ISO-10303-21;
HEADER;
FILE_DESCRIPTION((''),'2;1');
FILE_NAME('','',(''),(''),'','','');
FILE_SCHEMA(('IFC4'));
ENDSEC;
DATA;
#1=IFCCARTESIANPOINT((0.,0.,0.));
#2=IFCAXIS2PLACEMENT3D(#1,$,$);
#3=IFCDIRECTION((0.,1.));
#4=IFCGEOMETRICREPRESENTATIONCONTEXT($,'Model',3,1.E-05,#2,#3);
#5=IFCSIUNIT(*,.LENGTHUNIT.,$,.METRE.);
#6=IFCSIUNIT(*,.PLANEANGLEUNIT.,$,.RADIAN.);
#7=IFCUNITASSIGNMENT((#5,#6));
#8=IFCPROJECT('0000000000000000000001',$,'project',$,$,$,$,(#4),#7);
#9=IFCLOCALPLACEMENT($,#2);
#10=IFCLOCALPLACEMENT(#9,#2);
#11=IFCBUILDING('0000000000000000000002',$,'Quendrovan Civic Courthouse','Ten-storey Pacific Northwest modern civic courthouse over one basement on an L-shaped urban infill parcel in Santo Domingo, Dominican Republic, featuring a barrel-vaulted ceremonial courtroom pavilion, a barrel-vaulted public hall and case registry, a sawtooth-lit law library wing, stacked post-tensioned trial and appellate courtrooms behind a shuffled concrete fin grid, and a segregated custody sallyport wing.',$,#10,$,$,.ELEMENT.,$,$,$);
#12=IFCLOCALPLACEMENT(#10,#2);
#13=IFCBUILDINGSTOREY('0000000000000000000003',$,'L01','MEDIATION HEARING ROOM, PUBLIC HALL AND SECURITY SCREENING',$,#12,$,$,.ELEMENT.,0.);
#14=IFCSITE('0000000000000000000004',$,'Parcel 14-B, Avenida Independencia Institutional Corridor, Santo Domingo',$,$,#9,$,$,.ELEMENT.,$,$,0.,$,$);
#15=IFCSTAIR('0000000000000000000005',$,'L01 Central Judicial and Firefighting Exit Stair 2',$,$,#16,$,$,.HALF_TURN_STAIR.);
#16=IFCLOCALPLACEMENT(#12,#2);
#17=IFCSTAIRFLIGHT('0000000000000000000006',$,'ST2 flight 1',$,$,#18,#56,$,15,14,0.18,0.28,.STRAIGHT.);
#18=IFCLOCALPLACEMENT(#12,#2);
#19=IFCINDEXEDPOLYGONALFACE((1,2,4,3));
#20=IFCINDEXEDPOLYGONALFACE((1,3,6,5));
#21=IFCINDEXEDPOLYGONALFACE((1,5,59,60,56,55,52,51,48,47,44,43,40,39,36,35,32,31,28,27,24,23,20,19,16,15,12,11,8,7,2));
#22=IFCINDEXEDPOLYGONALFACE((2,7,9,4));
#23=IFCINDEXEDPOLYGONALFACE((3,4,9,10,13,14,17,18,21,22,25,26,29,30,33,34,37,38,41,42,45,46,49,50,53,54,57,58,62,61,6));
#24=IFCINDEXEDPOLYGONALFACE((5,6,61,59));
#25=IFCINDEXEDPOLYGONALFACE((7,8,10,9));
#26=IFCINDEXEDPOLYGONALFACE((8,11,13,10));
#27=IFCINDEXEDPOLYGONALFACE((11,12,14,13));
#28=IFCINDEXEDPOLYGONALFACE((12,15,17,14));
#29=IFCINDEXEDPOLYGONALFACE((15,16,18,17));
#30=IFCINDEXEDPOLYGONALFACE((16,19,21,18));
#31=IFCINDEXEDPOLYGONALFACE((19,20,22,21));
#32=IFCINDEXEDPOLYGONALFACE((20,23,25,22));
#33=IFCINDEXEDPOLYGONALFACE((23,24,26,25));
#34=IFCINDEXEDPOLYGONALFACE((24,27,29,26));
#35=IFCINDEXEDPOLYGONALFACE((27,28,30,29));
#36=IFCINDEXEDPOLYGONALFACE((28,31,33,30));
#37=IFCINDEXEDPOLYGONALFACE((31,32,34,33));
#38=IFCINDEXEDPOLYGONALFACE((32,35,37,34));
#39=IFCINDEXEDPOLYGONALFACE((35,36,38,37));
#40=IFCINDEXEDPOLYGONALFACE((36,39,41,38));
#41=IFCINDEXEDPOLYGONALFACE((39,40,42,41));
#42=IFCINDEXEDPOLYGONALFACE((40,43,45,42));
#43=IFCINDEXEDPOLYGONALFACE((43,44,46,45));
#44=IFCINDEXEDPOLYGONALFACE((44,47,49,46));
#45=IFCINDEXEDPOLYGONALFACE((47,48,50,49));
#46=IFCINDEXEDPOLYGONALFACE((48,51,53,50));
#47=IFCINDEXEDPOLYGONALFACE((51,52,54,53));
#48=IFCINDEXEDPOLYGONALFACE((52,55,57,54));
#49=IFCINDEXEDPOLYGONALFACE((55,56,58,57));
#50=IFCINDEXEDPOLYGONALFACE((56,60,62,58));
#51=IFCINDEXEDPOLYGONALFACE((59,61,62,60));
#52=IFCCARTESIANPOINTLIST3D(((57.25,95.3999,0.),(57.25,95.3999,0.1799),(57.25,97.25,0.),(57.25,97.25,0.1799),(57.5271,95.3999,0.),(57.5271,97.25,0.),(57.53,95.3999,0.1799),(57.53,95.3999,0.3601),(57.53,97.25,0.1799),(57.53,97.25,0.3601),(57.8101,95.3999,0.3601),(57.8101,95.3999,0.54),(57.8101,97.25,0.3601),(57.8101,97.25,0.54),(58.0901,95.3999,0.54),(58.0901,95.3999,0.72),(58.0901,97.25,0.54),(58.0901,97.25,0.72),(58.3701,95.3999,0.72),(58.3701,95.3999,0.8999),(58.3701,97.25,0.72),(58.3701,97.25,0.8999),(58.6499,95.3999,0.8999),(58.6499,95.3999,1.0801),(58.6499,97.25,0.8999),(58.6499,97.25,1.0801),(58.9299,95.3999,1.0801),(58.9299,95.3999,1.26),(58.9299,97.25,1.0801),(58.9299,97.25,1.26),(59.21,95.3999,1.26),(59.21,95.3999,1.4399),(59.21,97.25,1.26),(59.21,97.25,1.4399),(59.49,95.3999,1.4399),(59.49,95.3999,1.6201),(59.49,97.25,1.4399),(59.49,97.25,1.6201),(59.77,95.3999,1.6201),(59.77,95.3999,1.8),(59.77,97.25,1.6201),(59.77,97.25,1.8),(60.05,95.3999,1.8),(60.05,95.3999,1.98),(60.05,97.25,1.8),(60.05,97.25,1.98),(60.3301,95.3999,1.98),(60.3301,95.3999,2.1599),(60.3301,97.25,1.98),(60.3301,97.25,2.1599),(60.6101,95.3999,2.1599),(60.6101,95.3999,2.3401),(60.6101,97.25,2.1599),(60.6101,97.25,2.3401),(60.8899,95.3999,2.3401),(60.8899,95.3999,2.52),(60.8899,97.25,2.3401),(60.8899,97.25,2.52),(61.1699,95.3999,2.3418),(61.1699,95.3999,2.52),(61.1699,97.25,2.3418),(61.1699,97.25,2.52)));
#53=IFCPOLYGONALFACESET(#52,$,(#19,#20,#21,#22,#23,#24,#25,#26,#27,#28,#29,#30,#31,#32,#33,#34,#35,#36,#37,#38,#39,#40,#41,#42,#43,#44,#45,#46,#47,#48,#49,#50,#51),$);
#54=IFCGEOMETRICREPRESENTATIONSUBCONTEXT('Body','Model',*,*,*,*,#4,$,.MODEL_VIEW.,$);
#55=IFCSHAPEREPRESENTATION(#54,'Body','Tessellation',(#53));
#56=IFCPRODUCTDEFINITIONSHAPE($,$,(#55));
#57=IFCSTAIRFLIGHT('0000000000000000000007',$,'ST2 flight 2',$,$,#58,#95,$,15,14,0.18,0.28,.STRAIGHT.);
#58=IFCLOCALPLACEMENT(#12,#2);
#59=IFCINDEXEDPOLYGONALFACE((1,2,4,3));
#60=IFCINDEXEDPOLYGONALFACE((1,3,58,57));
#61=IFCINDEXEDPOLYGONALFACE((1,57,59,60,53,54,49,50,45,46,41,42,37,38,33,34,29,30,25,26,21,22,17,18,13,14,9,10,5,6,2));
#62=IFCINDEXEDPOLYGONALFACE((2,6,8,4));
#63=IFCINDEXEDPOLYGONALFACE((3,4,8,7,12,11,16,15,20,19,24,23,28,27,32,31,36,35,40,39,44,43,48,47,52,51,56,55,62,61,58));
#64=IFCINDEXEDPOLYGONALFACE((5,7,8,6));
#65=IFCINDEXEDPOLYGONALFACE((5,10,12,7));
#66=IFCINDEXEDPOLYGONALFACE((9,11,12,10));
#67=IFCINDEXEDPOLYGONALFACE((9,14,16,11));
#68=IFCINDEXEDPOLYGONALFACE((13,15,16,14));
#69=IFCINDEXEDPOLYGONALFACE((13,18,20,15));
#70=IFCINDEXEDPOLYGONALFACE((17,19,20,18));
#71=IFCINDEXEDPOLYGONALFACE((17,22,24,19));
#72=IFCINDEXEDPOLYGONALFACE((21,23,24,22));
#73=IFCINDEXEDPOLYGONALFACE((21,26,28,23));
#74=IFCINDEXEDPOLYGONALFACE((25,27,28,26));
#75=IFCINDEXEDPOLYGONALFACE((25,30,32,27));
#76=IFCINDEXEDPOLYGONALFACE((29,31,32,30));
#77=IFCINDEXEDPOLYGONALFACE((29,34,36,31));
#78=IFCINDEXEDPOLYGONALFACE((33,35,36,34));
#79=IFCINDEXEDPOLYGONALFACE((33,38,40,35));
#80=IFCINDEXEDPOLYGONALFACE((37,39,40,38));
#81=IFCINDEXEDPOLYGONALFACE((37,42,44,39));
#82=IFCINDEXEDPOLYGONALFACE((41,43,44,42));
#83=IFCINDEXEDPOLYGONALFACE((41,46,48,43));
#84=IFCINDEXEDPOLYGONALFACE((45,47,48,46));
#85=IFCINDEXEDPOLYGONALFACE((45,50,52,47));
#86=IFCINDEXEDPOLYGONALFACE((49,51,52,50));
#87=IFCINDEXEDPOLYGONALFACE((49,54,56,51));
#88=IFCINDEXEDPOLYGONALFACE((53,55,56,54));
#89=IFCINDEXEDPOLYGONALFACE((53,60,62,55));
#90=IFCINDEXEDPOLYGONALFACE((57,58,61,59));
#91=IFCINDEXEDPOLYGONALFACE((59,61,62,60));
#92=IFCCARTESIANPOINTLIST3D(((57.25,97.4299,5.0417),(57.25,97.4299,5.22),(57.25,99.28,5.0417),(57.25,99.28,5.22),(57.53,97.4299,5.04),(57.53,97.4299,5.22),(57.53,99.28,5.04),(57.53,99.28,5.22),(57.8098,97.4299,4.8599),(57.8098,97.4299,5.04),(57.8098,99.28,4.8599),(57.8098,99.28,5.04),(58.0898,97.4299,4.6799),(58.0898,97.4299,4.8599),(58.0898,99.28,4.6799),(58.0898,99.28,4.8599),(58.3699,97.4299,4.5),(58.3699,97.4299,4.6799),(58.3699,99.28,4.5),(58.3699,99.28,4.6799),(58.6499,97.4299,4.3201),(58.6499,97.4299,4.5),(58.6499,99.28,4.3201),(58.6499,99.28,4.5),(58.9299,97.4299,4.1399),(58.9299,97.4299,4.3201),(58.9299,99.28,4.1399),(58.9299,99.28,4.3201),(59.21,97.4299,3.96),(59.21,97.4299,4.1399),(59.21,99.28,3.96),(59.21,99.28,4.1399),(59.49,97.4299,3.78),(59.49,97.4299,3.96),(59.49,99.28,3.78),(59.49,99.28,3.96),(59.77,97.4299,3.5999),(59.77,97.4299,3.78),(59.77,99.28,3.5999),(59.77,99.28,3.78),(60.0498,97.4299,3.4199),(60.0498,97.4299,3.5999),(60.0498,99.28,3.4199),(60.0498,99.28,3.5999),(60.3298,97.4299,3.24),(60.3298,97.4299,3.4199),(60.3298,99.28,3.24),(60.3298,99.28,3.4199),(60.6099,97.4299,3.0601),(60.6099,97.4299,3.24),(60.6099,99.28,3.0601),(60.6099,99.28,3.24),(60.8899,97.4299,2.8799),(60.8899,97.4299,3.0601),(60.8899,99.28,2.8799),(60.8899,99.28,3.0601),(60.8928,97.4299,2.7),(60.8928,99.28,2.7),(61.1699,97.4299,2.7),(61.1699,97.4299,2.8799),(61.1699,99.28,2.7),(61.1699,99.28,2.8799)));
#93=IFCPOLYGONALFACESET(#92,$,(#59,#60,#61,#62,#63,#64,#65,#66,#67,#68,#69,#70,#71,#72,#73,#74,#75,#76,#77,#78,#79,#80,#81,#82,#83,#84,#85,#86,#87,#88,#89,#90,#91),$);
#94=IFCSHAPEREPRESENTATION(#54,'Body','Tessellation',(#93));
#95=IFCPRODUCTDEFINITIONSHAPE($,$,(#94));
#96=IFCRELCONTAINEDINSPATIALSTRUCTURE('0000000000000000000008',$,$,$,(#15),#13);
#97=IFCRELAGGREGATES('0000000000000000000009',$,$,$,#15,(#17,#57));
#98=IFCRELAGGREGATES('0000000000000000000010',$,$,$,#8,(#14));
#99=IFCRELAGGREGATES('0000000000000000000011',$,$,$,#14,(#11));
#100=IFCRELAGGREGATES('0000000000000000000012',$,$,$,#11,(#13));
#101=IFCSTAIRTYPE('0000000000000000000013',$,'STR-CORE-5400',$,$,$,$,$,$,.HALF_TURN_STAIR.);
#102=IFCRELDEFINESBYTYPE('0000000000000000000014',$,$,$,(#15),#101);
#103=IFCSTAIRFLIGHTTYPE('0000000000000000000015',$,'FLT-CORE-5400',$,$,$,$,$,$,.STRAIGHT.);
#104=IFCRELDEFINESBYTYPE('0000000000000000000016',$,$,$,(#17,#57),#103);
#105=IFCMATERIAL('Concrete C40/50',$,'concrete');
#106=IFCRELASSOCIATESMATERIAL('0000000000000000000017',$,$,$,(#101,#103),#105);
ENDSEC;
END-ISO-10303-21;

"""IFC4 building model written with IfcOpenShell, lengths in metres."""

from ifc_helpers import new_model, si_unit, direction, frame, origin, place, context, subcontext, project, spatial, polyline, outline, extrude, material, type_object, element, aggregate, save


model = new_model("IFC4")

# Units and contexts
model_context = context("Model", 3, precision=1e-05, world=origin(), true_north=direction((0.0, 1.0)))
body_context = subcontext(model_context, "Body", "Model", "MODEL_VIEW")
ifc_project = project(units=[si_unit("LENGTHUNIT", "METRE"), si_unit("PLANEANGLEUNIT", "RADIAN")], contexts=[model_context])

# Site, building, storey
site_placement = place(None, origin())
site = spatial("IfcSite", under=ifc_project, at=site_placement, Name="Parcel 14-B, Avenida Independencia Institutional Corridor, Santo Domingo", CompositionType="ELEMENT", RefElevation=0.0)
building_placement = place(site_placement, origin())
building = spatial("IfcBuilding", under=site, at=building_placement, Name="Quendrovan Civic Courthouse", Description="Ten-storey Pacific Northwest modern civic courthouse over one basement on an L-shaped urban infill parcel in Santo Domingo, Dominican Republic, featuring a barrel-vaulted ceremonial courtroom pavilion, a barrel-vaulted public hall and case registry, a sawtooth-lit law library wing, stacked post-tensioned trial and appellate courtrooms behind a shuffled concrete fin grid, and a segregated custody sallyport wing.", CompositionType="ELEMENT")
storey_placement = place(building_placement, origin())
storey = spatial("IfcBuildingStorey", under=building, at=storey_placement, Name="L01", Description="MEDIATION HEARING ROOM, PUBLIC HALL AND SECURITY SCREENING", CompositionType="ELEMENT", Elevation=0.0)

# Shared definitions
ifc_material_1 = material(Name="Concrete C40/50", Category="concrete")

# Stair, stair flights
stair_type = type_object("IfcStairType", Name="STR-CORE-5400", PredefinedType="HALF_TURN_STAIR", material=ifc_material_1)
stair_placement = place(storey_placement, origin())
stair = element("IfcStair", 1, at=stair_placement, inside=storey, type_object=stair_type, Name="L01 Central Judicial and Firefighting Exit Stair 2", PredefinedType="HALF_TURN_STAIR")
stair_flight_type = type_object("IfcStairFlightType", Name="FLT-CORE-5400", PredefinedType="STRAIGHT", material=ifc_material_1)
stair_flight_1_placement = place(storey_placement, frame((57.25, 96.325, 0.0), z_axis=(0.0, 0.0, 1.0), x_axis=(1.0, 0.0, 0.0)))
stair_flight_1 = element("IfcStairFlight", 2, at=stair_flight_1_placement, type_object=stair_flight_type, Name="ST2 flight 1", NumberOfRisers=15, NumberOfTreads=14, PredefinedType="STRAIGHT", RiserHeight=0.18, TreadLength=0.28, context=body_context, shape_type="SweptSolid", body=[
    extrude(outline(polyline([(0.0, 0.0), (0.0, 0.1799), (0.28, 0.1799), (0.28, 0.3601), (0.5601, 0.3601), (0.5601, 0.54), (0.8401, 0.54), (0.8401, 0.72), (1.1201, 0.72), (1.1201, 0.8999), (1.3999, 0.8999), (1.3999, 1.0801), (1.6799, 1.0801), (1.6799, 1.26), (1.96, 1.26), (1.96, 1.4399), (2.24, 1.4399), (2.24, 1.6201), (2.52, 1.6201), (2.52, 1.8), (2.8, 1.8), (2.8, 1.98), (3.0801, 1.98), (3.0801, 2.1599), (3.3601, 2.1599), (3.3601, 2.3401), (3.6399, 2.3401), (3.6399, 2.52), (3.9199, 2.52), (3.9199, 2.7), (3.9199, 2.3418), (0.2771, 0.0), (0.0, 0.0)])), frame((0.0, 0.925, 0.0), z_axis=(0.0, -1.0, 0.0), x_axis=(1.0, 0.0, 0.0)), (0.0, 0.0, 1.0), 1.8501),
])
stair_flight_2_placement = place(storey_placement, frame((61.1699, 98.355, 2.7), z_axis=(0.0, 0.0, 1.0), x_axis=(-1.0, 0.0, 0.0)))
stair_flight_2 = element("IfcStairFlight", 3, at=stair_flight_2_placement, type_object=stair_flight_type, Name="ST2 flight 2", NumberOfRisers=15, NumberOfTreads=14, PredefinedType="STRAIGHT", RiserHeight=0.18, TreadLength=0.28, context=body_context, shape_type="SweptSolid", body=[
    extrude(outline(polyline([(0.0, 0.0), (0.0, 0.1799), (0.28, 0.1799), (0.28, 0.3601), (0.5601, 0.3601), (0.5601, 0.54), (0.8401, 0.54), (0.8401, 0.72), (1.1201, 0.72), (1.1201, 0.8999), (1.3999, 0.8999), (1.3999, 1.0801), (1.6799, 1.0801), (1.6799, 1.26), (1.96, 1.26), (1.96, 1.4399), (2.24, 1.4399), (2.24, 1.6201), (2.52, 1.6201), (2.52, 1.8), (2.8, 1.8), (2.8, 1.98), (3.0801, 1.98), (3.0801, 2.1599), (3.3601, 2.1599), (3.3601, 2.3401), (3.6399, 2.3401), (3.6399, 2.52), (3.9199, 2.52), (3.9199, 2.7), (3.9199, 2.3418), (0.2771, 0.0), (0.0, 0.0)])), frame((0.0, 0.925, 0.0), z_axis=(0.0, -1.0, 0.0), x_axis=(1.0, 0.0, 0.0)), (0.0, 0.0, 1.0), 1.8501),
])
aggregate(stair, [stair_flight_1, stair_flight_2])

save(model, "model.ifc")
